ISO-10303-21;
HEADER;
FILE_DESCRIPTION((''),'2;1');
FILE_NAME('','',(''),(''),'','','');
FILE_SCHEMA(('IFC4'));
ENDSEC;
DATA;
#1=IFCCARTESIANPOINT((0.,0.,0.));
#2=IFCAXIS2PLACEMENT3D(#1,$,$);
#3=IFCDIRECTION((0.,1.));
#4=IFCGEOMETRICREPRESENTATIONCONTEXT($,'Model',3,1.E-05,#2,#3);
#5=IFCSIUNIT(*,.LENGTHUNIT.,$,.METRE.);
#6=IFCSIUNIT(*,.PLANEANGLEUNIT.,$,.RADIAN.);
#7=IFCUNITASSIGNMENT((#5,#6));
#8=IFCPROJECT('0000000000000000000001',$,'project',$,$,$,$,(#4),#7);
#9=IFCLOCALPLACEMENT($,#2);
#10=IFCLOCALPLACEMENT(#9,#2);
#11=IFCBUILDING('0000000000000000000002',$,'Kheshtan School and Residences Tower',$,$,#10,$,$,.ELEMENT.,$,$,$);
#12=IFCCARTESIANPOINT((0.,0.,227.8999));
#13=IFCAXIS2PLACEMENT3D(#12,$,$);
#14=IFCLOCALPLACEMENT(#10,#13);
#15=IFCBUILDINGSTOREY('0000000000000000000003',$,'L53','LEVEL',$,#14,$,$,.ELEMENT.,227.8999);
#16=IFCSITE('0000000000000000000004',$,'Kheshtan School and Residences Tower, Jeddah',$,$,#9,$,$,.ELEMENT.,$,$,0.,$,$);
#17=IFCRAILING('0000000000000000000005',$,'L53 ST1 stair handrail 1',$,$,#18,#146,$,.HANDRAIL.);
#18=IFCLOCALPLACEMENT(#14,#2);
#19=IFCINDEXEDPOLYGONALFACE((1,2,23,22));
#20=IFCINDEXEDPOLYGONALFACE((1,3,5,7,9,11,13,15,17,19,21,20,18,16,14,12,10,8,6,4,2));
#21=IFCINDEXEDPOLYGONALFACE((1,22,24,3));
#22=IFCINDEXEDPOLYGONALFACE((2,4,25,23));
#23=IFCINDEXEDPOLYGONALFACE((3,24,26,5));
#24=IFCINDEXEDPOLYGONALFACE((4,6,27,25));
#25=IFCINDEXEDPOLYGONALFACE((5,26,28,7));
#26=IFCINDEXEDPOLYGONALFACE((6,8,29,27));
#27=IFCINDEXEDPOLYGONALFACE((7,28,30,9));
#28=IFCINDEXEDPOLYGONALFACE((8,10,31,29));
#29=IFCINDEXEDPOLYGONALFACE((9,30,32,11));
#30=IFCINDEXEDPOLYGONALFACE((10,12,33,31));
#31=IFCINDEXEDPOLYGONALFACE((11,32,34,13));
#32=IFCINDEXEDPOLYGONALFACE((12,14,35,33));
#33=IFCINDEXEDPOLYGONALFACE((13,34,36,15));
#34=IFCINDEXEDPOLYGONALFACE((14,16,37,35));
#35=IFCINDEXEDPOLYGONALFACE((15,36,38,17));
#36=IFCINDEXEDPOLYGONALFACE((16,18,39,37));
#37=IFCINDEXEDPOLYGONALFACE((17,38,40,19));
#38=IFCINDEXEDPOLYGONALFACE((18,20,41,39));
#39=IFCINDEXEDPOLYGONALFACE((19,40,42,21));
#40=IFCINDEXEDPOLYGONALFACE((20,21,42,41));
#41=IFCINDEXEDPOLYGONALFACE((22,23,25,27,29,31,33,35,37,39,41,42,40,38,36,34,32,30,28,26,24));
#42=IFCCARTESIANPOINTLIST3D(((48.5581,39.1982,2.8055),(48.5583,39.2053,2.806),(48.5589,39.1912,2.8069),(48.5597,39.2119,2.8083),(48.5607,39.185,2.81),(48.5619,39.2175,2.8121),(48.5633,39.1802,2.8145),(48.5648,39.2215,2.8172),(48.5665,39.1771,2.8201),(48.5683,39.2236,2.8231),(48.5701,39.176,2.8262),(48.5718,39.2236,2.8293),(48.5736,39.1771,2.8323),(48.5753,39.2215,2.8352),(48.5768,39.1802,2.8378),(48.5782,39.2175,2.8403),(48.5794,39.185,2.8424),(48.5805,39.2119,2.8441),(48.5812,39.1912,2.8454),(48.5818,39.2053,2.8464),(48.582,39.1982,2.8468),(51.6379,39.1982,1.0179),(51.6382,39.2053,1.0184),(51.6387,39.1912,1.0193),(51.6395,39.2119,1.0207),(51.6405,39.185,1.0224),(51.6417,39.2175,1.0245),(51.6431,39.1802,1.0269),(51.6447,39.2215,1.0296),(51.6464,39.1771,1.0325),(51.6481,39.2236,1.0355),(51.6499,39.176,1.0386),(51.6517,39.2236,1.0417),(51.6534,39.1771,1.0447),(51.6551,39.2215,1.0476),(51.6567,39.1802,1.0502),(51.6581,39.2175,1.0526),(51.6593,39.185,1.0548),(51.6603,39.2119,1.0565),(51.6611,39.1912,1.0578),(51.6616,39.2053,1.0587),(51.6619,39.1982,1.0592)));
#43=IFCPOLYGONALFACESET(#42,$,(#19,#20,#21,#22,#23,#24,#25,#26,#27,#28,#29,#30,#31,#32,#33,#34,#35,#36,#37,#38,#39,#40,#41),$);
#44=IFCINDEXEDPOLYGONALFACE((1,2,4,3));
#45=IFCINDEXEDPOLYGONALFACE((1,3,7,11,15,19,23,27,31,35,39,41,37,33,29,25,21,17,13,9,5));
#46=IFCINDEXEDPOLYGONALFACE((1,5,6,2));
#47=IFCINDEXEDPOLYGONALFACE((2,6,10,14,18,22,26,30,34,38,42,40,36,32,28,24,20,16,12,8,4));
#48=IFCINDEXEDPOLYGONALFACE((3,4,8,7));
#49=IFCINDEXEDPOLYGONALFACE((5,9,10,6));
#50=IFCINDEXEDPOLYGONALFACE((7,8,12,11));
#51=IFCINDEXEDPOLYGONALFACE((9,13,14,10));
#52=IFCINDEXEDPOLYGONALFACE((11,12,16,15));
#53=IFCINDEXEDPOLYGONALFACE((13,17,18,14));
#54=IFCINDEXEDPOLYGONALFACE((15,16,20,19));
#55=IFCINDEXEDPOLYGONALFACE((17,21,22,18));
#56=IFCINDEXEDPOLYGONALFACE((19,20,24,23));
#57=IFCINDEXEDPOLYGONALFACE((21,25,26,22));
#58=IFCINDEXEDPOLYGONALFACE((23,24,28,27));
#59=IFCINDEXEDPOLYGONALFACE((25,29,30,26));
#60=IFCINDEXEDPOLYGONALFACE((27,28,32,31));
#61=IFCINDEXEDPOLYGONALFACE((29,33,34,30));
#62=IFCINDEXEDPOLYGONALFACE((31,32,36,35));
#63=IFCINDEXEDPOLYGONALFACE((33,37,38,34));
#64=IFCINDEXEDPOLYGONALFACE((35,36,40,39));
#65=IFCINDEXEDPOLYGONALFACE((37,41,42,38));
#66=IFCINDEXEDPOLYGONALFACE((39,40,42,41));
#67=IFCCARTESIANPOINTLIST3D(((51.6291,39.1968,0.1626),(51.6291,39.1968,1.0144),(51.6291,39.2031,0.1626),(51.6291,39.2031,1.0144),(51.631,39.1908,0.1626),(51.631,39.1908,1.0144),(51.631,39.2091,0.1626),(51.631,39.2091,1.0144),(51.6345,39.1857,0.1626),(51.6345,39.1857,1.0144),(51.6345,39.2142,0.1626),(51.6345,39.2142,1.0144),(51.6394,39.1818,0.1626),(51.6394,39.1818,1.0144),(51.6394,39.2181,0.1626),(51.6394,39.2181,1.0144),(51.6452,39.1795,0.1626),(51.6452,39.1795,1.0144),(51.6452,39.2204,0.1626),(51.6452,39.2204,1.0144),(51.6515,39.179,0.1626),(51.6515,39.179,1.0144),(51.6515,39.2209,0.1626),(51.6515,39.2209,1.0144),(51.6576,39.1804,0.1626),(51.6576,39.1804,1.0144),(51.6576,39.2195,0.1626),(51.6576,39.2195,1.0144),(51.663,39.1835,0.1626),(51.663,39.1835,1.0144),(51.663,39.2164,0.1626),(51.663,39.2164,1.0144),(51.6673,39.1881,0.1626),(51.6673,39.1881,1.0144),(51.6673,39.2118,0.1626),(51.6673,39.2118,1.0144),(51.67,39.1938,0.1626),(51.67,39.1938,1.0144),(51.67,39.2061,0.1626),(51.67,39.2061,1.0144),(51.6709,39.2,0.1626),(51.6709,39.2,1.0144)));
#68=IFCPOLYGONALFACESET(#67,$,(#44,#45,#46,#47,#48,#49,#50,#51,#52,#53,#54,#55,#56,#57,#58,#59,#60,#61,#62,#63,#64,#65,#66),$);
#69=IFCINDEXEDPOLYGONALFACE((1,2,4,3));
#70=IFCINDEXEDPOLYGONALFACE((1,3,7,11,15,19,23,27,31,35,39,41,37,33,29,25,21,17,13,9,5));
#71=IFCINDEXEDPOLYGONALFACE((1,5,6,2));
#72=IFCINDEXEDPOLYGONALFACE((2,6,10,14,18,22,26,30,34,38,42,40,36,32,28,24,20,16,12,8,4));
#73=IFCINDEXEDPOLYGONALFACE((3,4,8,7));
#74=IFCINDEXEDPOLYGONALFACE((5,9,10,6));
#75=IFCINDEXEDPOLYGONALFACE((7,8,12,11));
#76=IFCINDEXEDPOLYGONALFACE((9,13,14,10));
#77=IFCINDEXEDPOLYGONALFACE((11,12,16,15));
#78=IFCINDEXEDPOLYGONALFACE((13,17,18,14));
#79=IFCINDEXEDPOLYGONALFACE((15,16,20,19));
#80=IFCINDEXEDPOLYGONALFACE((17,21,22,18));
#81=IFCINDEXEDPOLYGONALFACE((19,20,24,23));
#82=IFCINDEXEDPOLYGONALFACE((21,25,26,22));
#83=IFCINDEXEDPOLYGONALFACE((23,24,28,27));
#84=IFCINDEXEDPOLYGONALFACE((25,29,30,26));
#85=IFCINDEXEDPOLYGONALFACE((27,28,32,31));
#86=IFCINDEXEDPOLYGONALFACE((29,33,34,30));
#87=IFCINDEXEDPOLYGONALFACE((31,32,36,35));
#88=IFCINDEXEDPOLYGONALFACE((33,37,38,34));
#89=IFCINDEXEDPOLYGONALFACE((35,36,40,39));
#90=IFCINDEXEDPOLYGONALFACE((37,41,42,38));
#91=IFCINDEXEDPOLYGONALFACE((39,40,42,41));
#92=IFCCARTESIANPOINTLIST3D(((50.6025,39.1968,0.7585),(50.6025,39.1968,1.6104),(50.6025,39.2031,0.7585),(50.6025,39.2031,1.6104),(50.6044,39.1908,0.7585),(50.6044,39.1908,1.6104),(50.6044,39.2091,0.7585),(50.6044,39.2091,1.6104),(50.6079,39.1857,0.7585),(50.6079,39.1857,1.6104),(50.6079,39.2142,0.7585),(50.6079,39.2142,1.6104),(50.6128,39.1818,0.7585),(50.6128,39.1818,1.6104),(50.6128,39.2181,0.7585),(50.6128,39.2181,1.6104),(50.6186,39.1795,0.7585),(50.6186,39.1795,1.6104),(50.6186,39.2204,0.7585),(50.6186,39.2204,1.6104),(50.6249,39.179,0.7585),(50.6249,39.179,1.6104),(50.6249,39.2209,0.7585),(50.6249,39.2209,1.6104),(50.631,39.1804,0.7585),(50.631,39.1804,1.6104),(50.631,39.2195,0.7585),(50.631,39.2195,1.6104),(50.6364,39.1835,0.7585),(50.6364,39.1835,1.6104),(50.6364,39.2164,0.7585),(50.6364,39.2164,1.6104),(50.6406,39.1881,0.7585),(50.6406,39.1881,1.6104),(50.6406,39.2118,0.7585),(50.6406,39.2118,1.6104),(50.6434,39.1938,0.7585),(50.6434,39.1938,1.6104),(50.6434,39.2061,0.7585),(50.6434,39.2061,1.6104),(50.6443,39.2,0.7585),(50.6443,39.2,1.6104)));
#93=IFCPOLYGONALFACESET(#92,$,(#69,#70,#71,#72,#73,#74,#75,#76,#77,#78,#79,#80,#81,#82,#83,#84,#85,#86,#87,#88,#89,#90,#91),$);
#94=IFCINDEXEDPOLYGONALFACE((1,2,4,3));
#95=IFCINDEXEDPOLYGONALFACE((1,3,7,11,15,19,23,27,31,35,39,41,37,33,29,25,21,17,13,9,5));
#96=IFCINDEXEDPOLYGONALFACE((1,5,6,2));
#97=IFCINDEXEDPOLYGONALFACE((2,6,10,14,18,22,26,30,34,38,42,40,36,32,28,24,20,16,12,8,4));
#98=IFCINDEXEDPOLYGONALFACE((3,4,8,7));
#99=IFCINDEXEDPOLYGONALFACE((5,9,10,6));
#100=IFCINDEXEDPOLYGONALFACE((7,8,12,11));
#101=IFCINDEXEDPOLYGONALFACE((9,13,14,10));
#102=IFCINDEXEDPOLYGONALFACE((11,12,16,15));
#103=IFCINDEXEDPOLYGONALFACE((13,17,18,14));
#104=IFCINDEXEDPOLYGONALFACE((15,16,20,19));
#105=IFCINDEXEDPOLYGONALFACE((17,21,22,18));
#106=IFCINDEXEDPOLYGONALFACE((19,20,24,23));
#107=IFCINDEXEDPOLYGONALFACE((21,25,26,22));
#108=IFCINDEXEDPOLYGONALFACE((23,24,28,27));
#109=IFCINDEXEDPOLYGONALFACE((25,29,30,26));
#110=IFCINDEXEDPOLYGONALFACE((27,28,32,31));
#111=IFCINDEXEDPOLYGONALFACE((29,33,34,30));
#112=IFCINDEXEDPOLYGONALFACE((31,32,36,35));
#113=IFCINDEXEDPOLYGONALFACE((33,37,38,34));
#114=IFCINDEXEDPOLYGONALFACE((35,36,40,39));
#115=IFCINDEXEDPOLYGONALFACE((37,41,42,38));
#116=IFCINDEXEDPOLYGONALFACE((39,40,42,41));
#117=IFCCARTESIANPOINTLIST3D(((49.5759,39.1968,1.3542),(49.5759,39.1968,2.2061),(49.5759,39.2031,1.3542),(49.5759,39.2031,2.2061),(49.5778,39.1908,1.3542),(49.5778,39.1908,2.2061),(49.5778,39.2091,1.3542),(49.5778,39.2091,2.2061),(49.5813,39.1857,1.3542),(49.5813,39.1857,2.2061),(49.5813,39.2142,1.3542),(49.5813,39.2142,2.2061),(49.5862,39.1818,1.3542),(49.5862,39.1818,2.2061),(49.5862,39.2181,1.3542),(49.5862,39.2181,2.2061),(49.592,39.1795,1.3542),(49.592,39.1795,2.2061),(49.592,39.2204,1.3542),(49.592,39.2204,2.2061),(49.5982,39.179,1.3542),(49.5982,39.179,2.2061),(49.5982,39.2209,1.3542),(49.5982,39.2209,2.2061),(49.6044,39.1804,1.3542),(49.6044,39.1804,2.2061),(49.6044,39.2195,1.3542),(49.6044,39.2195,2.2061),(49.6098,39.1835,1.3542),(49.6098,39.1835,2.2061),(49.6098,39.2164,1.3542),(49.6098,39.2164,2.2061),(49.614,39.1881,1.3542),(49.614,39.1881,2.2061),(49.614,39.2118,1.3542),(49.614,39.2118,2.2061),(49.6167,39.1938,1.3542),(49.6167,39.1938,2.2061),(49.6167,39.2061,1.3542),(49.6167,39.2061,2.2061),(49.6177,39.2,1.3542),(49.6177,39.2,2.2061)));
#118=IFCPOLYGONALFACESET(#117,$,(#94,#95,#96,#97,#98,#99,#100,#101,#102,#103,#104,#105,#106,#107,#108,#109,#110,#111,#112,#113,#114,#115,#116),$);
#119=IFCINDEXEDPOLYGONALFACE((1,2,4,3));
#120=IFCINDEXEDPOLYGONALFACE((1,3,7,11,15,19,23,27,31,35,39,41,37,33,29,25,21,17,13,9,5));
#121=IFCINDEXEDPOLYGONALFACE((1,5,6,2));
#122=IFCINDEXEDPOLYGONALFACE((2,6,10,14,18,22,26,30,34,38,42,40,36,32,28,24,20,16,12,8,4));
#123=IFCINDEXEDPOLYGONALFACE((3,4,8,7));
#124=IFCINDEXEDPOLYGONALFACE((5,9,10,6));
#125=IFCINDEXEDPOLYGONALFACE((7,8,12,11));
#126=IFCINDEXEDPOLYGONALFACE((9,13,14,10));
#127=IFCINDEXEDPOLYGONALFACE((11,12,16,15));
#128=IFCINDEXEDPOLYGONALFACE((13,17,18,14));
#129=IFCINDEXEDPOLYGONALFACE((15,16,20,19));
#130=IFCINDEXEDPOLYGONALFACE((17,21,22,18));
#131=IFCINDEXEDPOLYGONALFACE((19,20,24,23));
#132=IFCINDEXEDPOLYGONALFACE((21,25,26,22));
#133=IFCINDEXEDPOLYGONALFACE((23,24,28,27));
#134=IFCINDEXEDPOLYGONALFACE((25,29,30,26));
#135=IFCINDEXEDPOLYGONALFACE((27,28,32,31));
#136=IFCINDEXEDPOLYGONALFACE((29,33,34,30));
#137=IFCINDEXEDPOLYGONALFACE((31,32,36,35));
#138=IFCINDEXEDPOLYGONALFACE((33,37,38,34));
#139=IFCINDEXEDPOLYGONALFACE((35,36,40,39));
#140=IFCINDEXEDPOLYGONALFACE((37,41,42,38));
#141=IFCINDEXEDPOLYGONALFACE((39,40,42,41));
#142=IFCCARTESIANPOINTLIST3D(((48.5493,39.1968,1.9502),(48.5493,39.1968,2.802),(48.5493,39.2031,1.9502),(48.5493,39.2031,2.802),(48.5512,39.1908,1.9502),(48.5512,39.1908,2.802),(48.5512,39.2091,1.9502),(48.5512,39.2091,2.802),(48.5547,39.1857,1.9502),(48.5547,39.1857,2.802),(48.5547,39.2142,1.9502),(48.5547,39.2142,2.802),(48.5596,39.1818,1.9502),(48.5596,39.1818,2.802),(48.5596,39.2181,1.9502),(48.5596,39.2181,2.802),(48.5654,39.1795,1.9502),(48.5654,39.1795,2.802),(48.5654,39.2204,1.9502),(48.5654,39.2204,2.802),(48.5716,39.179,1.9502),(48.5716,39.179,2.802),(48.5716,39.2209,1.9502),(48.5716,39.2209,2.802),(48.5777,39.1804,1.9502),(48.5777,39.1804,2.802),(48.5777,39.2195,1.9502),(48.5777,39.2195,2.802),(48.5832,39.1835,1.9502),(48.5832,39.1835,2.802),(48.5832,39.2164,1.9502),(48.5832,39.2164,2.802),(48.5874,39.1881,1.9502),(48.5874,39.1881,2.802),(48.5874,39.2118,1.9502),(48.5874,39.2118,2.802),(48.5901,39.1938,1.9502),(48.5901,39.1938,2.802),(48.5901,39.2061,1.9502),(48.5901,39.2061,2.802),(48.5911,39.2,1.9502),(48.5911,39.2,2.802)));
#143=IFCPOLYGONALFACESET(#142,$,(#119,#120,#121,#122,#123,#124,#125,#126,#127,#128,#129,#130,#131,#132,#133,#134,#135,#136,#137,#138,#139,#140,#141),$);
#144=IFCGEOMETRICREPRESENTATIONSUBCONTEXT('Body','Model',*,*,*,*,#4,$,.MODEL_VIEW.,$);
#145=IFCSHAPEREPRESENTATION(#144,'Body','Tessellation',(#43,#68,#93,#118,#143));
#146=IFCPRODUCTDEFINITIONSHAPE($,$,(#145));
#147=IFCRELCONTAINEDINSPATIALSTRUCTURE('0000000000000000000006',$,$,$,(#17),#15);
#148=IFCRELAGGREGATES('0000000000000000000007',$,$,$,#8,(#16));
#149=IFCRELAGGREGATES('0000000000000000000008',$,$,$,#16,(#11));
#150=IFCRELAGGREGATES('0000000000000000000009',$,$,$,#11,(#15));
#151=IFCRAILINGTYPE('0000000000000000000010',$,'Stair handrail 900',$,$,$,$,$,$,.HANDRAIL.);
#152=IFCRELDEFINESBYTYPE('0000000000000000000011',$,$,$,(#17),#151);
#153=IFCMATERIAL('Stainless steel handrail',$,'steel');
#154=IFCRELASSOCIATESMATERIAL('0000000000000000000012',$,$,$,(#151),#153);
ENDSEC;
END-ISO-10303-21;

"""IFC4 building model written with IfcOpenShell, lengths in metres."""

from ifc_helpers import new_model, si_unit, direction, frame, origin, origin_2d, place, context, subcontext, project, spatial, circle, extrude, material, type_object, element, save


model = new_model("IFC4")

# Units and contexts
model_context = context("Model", 3, precision=1e-05, world=origin(), true_north=direction((0.0, 1.0)))
body_context = subcontext(model_context, "Body", "Model", "MODEL_VIEW")
ifc_project = project(units=[si_unit("LENGTHUNIT", "METRE"), si_unit("PLANEANGLEUNIT", "RADIAN")], contexts=[model_context])

# Site, building, storey
site_placement = place(None, origin())
site = spatial("IfcSite", under=ifc_project, at=site_placement, Name="Kheshtan School and Residences Tower, Jeddah", CompositionType="ELEMENT", RefElevation=0.0)
building_placement = place(site_placement, origin())
building = spatial("IfcBuilding", under=site, at=building_placement, Name="Kheshtan School and Residences Tower", CompositionType="ELEMENT")
storey_placement = place(building_placement, frame((0.0, 0.0, 227.8999)))
storey = spatial("IfcBuildingStorey", under=building, at=storey_placement, Name="L53", Description="LEVEL", CompositionType="ELEMENT", Elevation=227.8999)

# Railing
ifc_material_1 = material(Name="Stainless steel handrail", Category="steel")
railing_type_1 = type_object("IfcRailingType", Name="Stair handrail 900", PredefinedType="HANDRAIL", material=ifc_material_1)
railing_1_placement = place(storey_placement, frame((51.6499, 39.2, 0.1626)))
element("IfcRailing", 1, at=railing_1_placement, inside=storey, type_object=railing_type_1, Name="L53 ST1 stair handrail 1", PredefinedType="HANDRAIL", context=body_context, shape_type="SweptSolid", body=[
    extrude(circle(Radius=0.0239, at=origin_2d()), frame((0.0, 0.0, 0.876), z_axis=(-0.864873, 0.0, 0.50199), x_axis=(0.0, -1.0, 0.0)), (0.0, 0.0, 1.0), 3.561),
    extrude(circle(Radius=0.021, at=origin_2d()), origin(), (0.0, 0.0, 1.0), 0.8518),
    extrude(circle(Radius=0.021, at=origin_2d()), frame((-1.0266, 0.0, 0.5959)), (0.0, 0.0, 1.0), 0.8518),
    extrude(circle(Radius=0.021, at=origin_2d()), frame((-2.0532, 0.0, 1.1917)), (0.0, 0.0, 1.0), 0.8518),
    extrude(circle(Radius=0.021, at=origin_2d()), frame((-3.0798, 0.0, 1.7876)), (0.0, 0.0, 1.0), 0.8518),
])

save(model, "model.ifc")
